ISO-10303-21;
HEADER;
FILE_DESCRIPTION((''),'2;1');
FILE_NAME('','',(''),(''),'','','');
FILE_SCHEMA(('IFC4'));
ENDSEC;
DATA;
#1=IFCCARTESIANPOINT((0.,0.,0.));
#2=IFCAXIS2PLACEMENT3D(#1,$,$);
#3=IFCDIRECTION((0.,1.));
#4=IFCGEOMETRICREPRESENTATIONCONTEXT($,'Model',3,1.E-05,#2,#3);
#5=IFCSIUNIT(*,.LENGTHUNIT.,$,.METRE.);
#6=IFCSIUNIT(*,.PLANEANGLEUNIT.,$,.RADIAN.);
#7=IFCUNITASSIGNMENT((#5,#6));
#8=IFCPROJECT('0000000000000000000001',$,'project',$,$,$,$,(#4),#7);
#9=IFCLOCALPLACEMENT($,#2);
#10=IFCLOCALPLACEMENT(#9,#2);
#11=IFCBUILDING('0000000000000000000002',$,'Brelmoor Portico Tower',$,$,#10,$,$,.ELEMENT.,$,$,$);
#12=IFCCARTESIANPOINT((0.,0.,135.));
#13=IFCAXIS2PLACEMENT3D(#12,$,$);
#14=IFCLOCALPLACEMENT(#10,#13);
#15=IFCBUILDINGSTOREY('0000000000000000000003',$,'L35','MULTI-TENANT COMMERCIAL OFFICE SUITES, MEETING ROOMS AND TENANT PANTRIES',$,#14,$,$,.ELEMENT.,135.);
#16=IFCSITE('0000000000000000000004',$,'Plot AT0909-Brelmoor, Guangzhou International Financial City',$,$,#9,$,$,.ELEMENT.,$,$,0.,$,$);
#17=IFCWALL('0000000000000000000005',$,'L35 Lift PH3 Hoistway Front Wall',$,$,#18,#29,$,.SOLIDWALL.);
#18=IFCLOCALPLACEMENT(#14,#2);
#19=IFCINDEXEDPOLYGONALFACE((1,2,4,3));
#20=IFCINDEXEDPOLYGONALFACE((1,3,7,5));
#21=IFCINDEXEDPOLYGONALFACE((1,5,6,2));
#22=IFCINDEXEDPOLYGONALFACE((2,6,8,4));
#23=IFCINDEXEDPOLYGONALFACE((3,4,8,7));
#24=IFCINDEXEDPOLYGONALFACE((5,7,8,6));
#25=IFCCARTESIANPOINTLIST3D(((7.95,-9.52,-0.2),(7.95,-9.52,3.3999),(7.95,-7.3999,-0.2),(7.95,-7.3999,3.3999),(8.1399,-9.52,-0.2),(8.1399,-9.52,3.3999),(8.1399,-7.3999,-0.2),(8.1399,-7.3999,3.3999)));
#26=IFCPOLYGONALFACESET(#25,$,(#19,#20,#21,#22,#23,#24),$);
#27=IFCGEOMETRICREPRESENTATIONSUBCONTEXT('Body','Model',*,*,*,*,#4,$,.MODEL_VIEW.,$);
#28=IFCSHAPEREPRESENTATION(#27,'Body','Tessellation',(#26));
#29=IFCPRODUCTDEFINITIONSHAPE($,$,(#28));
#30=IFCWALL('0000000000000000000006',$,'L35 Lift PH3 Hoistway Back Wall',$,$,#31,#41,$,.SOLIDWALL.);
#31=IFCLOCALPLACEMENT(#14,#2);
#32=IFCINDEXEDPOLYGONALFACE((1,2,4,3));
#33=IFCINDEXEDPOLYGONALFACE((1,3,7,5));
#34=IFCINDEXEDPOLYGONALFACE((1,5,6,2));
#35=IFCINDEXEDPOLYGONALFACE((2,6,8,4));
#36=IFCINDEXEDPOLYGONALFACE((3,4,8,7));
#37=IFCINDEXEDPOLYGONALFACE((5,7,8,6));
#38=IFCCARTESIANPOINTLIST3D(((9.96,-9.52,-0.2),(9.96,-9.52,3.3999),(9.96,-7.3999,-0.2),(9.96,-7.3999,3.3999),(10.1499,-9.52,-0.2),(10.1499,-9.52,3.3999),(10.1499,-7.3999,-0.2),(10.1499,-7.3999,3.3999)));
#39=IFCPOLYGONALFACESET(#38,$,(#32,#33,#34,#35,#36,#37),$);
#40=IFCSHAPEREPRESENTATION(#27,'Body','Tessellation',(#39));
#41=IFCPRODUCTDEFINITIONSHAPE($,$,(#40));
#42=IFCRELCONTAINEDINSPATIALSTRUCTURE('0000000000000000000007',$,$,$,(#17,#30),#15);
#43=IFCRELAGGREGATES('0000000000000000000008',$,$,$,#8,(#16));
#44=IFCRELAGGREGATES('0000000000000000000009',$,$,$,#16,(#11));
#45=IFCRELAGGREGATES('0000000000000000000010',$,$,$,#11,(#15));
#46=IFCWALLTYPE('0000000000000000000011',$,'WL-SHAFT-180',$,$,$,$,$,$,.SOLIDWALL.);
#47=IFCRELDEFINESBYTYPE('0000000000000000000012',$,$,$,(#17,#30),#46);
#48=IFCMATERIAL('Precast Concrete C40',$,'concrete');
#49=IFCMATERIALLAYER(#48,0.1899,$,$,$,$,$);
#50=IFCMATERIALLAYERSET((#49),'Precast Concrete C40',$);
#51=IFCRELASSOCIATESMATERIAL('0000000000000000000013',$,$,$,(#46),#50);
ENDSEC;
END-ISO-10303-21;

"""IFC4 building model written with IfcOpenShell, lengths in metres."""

from ifc_helpers import new_model, si_unit, direction, frame, frame_2d, origin, place, context, subcontext, project, spatial, rectangle, extrude, material, layer, layer_set, type_object, element, save


model = new_model("IFC4")

# Units and contexts
model_context = context("Model", 3, precision=1e-05, world=origin(), true_north=direction((0.0, 1.0)))
body_context = subcontext(model_context, "Body", "Model", "MODEL_VIEW")
ifc_project = project(units=[si_unit("LENGTHUNIT", "METRE"), si_unit("PLANEANGLEUNIT", "RADIAN")], contexts=[model_context])

# Site, building, storey
site_placement = place(None, origin())
site = spatial("IfcSite", under=ifc_project, at=site_placement, Name="Plot AT0909-Brelmoor, Guangzhou International Financial City", CompositionType="ELEMENT", RefElevation=0.0)
building_placement = place(site_placement, origin())
building = spatial("IfcBuilding", under=site, at=building_placement, Name="Brelmoor Portico Tower", CompositionType="ELEMENT")
storey_placement = place(building_placement, frame((0.0, 0.0, 135.0)))
storey = spatial("IfcBuildingStorey", under=building, at=storey_placement, Name="L35", Description="MULTI-TENANT COMMERCIAL OFFICE SUITES, MEETING ROOMS AND TENANT PANTRIES", CompositionType="ELEMENT", Elevation=135.0)

# Walls
ifc_material_1 = material(Name="Precast Concrete C40", Category="concrete")
ifc_layer_1 = layer(ifc_material_1, 0.1899)
ifc_layer_set_1 = layer_set([ifc_layer_1], Name="Precast Concrete C40")
wall_type_1 = type_object("IfcWallType", Name="WL-SHAFT-180", PredefinedType="SOLIDWALL", material=ifc_layer_set_1)
for number, where, z_axis, x_axis, name in (
    (1, (8.0449, -9.52, -0.2), (0.0, 0.0, 1.0), (0.0, 1.0, 0.0), "L35 Lift PH3 Hoistway Front Wall"),
    (2, (10.0549, -9.52, -0.2), (0.0, 0.0, 1.0), (0.0, 1.0, 0.0), "L35 Lift PH3 Hoistway Back Wall"),
):
    element("IfcWall", number, at=place(storey_placement, frame(where, z_axis=z_axis, x_axis=x_axis)), inside=storey, type_object=wall_type_1, Name=name, PredefinedType="SOLIDWALL", context=body_context, shape_type="SweptSolid", body=[
        extrude(rectangle(XDim=2.1201, YDim=0.1899, at=frame_2d((1.0601, 0.0))), origin(), (0.0, 0.0, 1.0), 3.5999),
    ])

save(model, "model.ifc")
